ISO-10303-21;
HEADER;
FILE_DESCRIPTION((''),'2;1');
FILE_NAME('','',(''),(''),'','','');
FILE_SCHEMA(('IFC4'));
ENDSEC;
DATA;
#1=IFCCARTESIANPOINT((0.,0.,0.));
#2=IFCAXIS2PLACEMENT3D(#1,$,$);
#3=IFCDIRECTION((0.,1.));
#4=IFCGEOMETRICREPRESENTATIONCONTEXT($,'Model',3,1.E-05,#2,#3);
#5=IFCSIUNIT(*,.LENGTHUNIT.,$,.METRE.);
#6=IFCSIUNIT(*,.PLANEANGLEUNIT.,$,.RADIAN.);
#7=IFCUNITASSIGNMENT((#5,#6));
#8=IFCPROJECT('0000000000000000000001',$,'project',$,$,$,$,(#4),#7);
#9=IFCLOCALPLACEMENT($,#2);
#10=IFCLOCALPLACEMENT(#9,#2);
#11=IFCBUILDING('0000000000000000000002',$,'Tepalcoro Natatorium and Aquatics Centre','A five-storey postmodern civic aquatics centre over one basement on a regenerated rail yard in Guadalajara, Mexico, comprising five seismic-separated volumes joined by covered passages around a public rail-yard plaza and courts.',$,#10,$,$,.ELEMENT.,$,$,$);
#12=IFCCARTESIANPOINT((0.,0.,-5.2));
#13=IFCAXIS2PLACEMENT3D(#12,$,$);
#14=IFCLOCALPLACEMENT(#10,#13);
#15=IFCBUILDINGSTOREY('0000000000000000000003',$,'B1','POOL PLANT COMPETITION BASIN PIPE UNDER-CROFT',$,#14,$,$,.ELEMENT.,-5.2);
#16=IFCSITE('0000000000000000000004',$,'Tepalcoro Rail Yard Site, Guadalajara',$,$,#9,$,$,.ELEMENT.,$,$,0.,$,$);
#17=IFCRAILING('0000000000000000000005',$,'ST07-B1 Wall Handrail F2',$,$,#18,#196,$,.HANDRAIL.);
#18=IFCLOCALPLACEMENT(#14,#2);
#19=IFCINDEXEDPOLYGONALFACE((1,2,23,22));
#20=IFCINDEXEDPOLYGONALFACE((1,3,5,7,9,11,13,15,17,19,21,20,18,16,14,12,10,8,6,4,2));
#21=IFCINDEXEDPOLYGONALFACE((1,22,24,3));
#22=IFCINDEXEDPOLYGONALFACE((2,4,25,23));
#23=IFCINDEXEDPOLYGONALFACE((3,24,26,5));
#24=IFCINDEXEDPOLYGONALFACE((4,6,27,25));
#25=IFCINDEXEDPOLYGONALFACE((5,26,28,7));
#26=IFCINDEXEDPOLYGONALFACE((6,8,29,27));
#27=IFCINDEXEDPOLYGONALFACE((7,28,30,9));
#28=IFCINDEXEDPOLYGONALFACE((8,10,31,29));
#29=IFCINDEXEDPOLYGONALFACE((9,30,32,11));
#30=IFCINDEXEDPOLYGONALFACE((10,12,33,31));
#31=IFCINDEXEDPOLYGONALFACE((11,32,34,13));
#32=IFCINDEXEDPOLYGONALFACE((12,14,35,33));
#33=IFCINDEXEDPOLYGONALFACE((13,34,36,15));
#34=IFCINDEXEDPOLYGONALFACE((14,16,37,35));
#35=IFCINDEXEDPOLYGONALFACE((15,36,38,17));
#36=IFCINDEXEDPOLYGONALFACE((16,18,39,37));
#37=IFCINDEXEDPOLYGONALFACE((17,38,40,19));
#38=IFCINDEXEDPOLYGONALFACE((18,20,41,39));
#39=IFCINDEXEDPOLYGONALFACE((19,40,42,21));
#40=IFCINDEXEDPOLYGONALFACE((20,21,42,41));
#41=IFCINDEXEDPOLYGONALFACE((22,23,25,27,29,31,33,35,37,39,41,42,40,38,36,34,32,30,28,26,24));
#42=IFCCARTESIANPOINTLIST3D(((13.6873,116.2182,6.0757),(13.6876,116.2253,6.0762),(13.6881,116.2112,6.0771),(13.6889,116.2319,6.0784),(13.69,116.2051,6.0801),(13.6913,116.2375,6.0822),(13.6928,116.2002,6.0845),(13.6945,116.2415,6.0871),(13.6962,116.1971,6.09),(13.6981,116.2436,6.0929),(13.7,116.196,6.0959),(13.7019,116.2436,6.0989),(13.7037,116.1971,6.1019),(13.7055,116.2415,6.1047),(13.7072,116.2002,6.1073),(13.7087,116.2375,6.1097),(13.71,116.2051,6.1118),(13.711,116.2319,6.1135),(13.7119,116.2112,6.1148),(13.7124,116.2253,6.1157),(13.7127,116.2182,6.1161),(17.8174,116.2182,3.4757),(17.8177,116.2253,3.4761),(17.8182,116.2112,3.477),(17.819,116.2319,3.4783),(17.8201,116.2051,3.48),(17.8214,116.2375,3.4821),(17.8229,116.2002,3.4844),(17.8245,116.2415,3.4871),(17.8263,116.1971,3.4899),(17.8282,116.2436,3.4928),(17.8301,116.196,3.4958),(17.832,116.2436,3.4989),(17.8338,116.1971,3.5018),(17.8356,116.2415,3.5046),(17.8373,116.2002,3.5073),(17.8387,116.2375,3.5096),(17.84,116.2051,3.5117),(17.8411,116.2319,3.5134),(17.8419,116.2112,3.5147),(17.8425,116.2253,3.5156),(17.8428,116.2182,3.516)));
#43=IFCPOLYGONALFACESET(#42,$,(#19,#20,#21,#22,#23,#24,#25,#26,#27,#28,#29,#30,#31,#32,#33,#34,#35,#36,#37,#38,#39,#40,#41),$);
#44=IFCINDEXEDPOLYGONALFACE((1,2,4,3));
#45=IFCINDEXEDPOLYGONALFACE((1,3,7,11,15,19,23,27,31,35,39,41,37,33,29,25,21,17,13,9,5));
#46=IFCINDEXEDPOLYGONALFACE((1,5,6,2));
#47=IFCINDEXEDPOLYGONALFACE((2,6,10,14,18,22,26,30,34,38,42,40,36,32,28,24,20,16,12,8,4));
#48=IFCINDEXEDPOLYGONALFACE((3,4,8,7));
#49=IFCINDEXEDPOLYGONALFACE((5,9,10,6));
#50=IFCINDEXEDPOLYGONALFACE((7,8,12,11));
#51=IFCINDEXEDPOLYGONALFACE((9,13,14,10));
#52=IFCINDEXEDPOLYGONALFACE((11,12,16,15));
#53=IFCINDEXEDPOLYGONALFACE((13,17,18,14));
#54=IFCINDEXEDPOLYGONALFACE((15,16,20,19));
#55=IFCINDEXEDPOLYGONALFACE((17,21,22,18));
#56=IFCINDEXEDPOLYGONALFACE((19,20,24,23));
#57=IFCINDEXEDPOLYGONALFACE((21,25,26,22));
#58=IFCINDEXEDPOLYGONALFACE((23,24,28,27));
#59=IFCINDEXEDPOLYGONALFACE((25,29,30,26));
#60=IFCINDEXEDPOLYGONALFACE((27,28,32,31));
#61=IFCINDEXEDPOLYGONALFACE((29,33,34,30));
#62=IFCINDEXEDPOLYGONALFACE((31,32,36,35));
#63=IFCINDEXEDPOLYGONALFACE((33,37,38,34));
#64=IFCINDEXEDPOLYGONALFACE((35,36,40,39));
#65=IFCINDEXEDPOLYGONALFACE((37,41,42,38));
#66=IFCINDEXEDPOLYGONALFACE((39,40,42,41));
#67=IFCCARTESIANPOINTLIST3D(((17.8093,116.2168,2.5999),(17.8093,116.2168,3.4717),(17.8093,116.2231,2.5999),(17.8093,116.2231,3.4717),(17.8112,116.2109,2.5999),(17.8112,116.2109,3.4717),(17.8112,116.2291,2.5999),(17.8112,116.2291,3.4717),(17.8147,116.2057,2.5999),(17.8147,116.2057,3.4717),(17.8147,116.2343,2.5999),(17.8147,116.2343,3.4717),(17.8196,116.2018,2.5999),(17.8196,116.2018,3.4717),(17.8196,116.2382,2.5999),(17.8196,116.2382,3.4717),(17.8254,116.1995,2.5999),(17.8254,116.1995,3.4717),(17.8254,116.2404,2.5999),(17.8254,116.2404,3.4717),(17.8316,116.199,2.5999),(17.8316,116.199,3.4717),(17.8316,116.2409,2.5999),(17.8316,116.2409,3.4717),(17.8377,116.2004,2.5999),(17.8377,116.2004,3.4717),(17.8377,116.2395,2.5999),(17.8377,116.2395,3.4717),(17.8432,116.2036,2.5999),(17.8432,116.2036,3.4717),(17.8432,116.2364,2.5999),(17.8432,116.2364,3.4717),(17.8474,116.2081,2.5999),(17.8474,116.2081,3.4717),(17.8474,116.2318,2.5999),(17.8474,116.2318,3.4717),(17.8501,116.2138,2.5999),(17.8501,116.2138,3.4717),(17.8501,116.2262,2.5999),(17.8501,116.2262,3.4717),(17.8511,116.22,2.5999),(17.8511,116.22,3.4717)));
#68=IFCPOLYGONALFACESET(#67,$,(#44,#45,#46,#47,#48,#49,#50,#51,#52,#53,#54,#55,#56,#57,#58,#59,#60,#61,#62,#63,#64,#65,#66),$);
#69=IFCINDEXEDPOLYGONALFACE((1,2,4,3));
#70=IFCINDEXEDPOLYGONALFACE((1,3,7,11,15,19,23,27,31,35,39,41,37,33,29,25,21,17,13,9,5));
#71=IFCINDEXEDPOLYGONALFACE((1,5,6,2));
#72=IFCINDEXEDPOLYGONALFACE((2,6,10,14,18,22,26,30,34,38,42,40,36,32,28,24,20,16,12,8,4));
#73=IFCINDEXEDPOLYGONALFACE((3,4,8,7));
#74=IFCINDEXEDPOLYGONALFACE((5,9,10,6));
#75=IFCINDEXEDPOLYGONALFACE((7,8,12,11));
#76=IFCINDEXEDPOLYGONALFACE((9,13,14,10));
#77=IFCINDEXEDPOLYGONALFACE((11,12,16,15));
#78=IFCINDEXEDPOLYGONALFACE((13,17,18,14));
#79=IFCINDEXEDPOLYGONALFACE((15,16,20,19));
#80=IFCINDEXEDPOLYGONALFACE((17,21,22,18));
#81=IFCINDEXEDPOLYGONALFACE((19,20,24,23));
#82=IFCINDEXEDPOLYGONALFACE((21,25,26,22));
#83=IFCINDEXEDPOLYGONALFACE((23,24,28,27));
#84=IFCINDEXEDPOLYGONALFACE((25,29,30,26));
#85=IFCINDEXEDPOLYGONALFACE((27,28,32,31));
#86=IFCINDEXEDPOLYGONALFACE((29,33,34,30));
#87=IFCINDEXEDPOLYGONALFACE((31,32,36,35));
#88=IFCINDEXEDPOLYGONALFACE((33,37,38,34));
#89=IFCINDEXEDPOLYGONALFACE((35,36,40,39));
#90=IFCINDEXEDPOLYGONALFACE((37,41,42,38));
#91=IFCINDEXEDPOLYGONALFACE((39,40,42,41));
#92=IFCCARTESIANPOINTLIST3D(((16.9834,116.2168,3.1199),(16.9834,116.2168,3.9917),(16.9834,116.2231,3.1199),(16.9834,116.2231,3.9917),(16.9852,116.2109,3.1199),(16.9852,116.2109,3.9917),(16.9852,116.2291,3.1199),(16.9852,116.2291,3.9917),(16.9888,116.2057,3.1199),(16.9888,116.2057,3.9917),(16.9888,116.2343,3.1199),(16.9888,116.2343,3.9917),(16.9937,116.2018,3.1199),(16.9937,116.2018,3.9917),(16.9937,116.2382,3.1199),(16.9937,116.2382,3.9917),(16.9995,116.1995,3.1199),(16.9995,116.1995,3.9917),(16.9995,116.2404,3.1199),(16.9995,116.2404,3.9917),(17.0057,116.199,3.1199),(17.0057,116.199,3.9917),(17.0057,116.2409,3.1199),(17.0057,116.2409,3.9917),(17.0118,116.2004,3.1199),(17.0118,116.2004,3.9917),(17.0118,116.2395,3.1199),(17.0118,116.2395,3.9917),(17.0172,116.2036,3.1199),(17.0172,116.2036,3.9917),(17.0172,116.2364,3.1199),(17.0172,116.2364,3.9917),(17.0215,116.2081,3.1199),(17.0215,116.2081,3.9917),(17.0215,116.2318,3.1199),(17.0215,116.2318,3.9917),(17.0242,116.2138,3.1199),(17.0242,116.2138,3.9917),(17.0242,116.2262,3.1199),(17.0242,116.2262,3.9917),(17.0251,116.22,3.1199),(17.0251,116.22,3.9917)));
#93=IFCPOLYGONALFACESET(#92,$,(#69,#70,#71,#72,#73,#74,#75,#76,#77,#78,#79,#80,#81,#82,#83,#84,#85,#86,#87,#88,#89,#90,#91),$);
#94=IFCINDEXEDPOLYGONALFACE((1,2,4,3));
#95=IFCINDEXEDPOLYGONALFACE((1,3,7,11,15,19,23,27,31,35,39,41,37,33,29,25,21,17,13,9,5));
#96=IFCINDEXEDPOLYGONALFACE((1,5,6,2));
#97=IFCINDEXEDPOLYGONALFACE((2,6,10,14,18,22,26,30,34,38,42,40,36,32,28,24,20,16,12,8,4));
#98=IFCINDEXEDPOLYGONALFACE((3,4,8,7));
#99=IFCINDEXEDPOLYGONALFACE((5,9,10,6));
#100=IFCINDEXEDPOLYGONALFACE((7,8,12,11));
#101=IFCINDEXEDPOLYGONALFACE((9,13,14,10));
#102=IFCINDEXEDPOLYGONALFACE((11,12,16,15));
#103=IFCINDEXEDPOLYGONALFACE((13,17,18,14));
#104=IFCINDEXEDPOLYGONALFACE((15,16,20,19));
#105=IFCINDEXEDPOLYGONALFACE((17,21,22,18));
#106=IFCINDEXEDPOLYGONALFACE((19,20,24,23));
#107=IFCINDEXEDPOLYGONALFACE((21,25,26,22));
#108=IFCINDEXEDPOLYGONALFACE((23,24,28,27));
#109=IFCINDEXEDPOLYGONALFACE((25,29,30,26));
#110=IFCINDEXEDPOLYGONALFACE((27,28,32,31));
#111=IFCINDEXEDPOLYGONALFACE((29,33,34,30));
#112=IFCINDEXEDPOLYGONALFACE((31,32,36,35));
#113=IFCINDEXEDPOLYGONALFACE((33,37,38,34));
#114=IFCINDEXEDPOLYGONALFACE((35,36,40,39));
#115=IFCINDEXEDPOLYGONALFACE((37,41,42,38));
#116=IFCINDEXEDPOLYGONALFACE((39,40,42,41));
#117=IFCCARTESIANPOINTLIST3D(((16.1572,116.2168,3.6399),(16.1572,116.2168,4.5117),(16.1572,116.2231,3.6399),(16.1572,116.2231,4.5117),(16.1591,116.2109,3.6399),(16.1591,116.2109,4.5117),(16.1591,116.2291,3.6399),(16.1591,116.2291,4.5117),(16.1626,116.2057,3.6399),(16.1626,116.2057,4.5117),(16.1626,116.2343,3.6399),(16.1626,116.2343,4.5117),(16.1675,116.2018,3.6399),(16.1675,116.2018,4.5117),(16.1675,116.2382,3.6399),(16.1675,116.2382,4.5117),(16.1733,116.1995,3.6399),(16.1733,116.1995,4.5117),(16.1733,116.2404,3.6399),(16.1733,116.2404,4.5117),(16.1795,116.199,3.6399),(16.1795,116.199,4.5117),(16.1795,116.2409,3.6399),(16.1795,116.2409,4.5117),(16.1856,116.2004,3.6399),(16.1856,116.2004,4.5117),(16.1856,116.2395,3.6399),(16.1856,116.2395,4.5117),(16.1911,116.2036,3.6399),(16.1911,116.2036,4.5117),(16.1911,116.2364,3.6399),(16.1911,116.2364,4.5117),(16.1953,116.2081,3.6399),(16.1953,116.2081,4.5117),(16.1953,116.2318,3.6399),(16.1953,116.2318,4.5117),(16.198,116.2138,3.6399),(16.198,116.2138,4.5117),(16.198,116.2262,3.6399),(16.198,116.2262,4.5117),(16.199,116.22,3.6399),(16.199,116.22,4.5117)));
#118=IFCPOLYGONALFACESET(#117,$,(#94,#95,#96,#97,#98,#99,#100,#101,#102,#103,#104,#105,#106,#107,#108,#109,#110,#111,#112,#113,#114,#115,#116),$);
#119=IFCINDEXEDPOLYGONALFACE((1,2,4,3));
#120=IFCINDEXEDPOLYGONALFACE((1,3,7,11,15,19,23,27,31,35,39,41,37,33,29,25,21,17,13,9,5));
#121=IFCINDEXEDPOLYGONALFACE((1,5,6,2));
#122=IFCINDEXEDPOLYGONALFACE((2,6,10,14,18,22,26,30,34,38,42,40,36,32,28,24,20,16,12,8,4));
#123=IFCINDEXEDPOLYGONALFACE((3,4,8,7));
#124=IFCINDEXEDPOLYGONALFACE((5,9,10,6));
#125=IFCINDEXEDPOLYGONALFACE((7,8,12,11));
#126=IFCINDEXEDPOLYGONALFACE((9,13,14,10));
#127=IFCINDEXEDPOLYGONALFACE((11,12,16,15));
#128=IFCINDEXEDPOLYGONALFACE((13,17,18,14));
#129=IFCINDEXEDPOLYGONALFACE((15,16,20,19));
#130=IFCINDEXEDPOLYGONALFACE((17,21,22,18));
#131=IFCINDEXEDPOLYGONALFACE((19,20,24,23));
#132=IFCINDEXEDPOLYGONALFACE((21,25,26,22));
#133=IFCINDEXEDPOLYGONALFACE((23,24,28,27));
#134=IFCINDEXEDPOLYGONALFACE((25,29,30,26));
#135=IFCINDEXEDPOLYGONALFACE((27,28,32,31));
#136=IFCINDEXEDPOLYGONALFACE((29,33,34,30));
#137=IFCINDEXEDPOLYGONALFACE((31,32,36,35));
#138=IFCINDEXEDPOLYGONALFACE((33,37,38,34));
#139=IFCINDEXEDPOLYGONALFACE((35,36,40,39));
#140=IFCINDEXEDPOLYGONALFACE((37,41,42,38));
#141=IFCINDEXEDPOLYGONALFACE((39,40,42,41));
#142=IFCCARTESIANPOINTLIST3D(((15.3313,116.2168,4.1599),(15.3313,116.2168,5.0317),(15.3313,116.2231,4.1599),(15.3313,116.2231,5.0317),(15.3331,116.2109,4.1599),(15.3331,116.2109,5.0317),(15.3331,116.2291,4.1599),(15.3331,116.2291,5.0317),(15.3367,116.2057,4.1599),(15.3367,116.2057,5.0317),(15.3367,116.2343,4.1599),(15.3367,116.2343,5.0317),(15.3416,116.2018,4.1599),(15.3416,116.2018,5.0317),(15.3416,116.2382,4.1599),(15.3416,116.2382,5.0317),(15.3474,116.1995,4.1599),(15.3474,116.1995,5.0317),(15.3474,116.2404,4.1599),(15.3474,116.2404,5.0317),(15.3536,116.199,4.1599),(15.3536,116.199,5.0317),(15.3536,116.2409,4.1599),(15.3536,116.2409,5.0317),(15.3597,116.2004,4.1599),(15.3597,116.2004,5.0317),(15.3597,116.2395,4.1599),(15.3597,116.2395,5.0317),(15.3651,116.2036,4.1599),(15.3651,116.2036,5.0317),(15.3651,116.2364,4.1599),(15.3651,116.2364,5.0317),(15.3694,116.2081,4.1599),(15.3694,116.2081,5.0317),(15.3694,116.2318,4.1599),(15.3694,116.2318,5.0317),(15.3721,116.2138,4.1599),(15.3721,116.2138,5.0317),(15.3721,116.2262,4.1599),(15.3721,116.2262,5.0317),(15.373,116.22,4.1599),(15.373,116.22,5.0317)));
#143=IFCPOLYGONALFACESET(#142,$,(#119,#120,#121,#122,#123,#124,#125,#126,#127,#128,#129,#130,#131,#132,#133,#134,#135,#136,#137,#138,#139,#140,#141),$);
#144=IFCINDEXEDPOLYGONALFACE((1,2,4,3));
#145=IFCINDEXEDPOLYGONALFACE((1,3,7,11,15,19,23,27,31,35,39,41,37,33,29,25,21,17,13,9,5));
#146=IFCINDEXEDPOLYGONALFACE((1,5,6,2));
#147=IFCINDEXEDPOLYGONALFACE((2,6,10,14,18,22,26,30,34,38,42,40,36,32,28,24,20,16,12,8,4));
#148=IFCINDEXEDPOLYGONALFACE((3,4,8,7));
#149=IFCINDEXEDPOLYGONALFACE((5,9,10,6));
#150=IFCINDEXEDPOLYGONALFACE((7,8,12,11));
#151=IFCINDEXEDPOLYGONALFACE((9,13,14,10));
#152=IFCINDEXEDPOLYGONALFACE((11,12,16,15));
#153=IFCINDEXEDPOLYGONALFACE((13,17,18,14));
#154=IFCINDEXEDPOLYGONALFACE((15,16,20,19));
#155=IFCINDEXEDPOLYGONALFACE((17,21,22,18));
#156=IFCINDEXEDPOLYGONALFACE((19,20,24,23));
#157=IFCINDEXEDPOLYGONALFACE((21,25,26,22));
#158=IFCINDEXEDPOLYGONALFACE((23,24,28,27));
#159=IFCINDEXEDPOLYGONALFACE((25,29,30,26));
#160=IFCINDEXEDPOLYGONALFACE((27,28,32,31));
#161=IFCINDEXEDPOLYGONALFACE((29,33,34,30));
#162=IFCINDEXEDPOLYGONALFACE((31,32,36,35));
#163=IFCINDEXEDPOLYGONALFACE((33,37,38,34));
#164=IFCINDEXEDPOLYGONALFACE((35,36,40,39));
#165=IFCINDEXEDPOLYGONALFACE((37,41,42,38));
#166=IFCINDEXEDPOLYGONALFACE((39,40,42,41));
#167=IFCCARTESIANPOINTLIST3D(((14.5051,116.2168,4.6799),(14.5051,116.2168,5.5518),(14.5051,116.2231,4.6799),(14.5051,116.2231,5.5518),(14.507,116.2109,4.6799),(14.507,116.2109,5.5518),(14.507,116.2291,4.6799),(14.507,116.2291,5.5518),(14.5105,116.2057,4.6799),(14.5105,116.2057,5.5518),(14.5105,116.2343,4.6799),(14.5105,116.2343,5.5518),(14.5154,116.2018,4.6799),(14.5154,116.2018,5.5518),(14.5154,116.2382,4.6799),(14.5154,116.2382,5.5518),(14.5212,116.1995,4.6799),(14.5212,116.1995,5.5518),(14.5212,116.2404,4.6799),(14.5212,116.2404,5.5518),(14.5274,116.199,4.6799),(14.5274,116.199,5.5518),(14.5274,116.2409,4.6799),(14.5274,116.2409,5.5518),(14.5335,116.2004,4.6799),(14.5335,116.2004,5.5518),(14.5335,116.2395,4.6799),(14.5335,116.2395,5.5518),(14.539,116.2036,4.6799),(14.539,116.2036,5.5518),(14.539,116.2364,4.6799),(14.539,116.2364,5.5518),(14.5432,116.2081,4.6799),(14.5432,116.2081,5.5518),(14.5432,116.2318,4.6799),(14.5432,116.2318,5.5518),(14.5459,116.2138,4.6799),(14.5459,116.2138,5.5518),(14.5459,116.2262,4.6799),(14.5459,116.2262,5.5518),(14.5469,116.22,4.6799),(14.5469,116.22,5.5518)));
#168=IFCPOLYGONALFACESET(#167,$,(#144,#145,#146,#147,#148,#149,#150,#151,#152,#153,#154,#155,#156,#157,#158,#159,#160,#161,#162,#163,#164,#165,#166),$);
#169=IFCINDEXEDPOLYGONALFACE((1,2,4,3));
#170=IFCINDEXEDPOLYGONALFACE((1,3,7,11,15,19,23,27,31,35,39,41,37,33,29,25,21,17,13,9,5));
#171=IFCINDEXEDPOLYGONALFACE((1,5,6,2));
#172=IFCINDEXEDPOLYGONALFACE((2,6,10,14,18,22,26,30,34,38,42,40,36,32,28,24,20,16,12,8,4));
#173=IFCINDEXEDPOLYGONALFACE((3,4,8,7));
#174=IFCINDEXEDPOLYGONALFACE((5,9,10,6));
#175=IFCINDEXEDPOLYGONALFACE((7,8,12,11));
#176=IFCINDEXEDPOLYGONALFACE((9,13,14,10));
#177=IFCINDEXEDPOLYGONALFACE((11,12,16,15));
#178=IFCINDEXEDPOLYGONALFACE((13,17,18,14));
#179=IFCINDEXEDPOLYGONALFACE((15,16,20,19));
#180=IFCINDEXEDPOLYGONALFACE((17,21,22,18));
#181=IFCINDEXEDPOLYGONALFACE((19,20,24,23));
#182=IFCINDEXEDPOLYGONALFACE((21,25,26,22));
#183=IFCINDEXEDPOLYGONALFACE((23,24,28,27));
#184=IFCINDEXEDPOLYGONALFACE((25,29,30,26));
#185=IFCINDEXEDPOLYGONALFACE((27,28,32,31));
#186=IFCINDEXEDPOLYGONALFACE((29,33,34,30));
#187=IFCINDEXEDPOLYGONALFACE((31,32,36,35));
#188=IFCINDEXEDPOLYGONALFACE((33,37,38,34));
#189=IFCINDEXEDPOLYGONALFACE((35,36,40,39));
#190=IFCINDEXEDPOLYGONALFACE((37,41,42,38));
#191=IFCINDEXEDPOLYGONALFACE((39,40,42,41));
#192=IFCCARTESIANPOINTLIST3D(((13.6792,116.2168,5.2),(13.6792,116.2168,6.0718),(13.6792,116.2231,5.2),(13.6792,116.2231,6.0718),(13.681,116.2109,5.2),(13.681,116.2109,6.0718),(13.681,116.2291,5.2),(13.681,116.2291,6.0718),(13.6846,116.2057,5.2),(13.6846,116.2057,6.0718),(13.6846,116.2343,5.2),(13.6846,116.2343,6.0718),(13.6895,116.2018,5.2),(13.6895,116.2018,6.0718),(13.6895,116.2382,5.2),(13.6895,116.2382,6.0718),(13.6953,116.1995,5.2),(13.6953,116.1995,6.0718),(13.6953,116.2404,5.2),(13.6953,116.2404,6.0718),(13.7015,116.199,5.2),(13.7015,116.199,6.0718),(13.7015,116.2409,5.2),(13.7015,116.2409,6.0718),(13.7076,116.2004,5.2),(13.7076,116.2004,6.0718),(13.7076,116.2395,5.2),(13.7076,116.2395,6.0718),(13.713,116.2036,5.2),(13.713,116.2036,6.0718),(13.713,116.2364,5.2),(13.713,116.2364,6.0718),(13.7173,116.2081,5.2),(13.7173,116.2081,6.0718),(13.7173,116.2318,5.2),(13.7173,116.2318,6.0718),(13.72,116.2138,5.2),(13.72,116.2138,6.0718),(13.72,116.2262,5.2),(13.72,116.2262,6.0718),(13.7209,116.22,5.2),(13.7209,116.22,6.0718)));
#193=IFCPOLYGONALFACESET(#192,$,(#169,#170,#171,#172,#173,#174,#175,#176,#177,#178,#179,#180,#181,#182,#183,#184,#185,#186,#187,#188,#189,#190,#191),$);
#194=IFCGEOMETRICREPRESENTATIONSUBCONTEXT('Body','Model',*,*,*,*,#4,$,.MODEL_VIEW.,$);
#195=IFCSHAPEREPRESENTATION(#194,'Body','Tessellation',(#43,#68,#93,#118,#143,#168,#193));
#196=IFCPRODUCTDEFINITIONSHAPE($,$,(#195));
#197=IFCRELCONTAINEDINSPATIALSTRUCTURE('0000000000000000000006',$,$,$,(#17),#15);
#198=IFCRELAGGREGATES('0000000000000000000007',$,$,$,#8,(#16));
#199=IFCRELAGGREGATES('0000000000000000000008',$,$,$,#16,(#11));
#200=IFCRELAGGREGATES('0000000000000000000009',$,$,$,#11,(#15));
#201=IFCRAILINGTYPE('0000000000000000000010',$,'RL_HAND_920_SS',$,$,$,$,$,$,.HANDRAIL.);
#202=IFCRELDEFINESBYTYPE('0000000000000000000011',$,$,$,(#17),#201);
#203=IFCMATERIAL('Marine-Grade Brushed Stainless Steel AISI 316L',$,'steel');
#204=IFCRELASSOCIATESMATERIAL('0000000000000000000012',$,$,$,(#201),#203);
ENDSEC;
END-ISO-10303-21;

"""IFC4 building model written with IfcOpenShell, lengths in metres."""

from ifc_helpers import new_model, si_unit, direction, frame, origin, origin_2d, place, context, subcontext, project, spatial, circle, extrude, material, type_object, element, save


model = new_model("IFC4")

# Units and contexts
model_context = context("Model", 3, precision=1e-05, world=origin(), true_north=direction((0.0, 1.0)))
body_context = subcontext(model_context, "Body", "Model", "MODEL_VIEW")
ifc_project = project(units=[si_unit("LENGTHUNIT", "METRE"), si_unit("PLANEANGLEUNIT", "RADIAN")], contexts=[model_context])

# Site, building, storey
site_placement = place(None, origin())
site = spatial("IfcSite", under=ifc_project, at=site_placement, Name="Tepalcoro Rail Yard Site, Guadalajara", CompositionType="ELEMENT", RefElevation=0.0)
building_placement = place(site_placement, origin())
building = spatial("IfcBuilding", under=site, at=building_placement, Name="Tepalcoro Natatorium and Aquatics Centre", Description="A five-storey postmodern civic aquatics centre over one basement on a regenerated rail yard in Guadalajara, Mexico, comprising five seismic-separated volumes joined by covered passages around a public rail-yard plaza and courts.", CompositionType="ELEMENT")
storey_placement = place(building_placement, frame((0.0, 0.0, -5.2)))
storey = spatial("IfcBuildingStorey", under=building, at=storey_placement, Name="B1", Description="POOL PLANT COMPETITION BASIN PIPE UNDER-CROFT", CompositionType="ELEMENT", Elevation=-5.2)

# Railing
ifc_material_1 = material(Name="Marine-Grade Brushed Stainless Steel AISI 316L", Category="steel")
railing_type_1 = type_object("IfcRailingType", Name="RL_HAND_920_SS", PredefinedType="HANDRAIL", material=ifc_material_1)
railing_1_placement = place(storey_placement, frame((17.8301, 116.22, 2.5999)))
element("IfcRailing", 1, at=railing_1_placement, inside=storey, type_object=railing_type_1, Name="ST07-B1 Wall Handrail F2", PredefinedType="HANDRAIL", context=body_context, shape_type="SweptSolid", body=[
    extrude(circle(Radius=0.0239, at=origin_2d()), frame((0.0, 0.0, 0.896), z_axis=(-0.846265, 0.0, 0.532762), x_axis=(0.0, -1.0, 0.0)), (0.0, 0.0, 1.0), 4.8804),
    extrude(circle(Radius=0.021, at=origin_2d()), origin(), (0.0, 0.0, 1.0), 0.8718),
    extrude(circle(Radius=0.021, at=origin_2d()), frame((-0.8259, 0.0, 0.52)), (0.0, 0.0, 1.0), 0.8718),
    extrude(circle(Radius=0.021, at=origin_2d()), frame((-1.6521, 0.0, 1.04)), (0.0, 0.0, 1.0), 0.8718),
    extrude(circle(Radius=0.021, at=origin_2d()), frame((-2.478, 0.0, 1.5601)), (0.0, 0.0, 1.0), 0.8718),
    extrude(circle(Radius=0.021, at=origin_2d()), frame((-3.3042, 0.0, 2.0801)), (0.0, 0.0, 1.0), 0.8718),
    extrude(circle(Radius=0.021, at=origin_2d()), frame((-4.1301, 0.0, 2.6001)), (0.0, 0.0, 1.0), 0.8718),
])

save(model, "model.ifc")
